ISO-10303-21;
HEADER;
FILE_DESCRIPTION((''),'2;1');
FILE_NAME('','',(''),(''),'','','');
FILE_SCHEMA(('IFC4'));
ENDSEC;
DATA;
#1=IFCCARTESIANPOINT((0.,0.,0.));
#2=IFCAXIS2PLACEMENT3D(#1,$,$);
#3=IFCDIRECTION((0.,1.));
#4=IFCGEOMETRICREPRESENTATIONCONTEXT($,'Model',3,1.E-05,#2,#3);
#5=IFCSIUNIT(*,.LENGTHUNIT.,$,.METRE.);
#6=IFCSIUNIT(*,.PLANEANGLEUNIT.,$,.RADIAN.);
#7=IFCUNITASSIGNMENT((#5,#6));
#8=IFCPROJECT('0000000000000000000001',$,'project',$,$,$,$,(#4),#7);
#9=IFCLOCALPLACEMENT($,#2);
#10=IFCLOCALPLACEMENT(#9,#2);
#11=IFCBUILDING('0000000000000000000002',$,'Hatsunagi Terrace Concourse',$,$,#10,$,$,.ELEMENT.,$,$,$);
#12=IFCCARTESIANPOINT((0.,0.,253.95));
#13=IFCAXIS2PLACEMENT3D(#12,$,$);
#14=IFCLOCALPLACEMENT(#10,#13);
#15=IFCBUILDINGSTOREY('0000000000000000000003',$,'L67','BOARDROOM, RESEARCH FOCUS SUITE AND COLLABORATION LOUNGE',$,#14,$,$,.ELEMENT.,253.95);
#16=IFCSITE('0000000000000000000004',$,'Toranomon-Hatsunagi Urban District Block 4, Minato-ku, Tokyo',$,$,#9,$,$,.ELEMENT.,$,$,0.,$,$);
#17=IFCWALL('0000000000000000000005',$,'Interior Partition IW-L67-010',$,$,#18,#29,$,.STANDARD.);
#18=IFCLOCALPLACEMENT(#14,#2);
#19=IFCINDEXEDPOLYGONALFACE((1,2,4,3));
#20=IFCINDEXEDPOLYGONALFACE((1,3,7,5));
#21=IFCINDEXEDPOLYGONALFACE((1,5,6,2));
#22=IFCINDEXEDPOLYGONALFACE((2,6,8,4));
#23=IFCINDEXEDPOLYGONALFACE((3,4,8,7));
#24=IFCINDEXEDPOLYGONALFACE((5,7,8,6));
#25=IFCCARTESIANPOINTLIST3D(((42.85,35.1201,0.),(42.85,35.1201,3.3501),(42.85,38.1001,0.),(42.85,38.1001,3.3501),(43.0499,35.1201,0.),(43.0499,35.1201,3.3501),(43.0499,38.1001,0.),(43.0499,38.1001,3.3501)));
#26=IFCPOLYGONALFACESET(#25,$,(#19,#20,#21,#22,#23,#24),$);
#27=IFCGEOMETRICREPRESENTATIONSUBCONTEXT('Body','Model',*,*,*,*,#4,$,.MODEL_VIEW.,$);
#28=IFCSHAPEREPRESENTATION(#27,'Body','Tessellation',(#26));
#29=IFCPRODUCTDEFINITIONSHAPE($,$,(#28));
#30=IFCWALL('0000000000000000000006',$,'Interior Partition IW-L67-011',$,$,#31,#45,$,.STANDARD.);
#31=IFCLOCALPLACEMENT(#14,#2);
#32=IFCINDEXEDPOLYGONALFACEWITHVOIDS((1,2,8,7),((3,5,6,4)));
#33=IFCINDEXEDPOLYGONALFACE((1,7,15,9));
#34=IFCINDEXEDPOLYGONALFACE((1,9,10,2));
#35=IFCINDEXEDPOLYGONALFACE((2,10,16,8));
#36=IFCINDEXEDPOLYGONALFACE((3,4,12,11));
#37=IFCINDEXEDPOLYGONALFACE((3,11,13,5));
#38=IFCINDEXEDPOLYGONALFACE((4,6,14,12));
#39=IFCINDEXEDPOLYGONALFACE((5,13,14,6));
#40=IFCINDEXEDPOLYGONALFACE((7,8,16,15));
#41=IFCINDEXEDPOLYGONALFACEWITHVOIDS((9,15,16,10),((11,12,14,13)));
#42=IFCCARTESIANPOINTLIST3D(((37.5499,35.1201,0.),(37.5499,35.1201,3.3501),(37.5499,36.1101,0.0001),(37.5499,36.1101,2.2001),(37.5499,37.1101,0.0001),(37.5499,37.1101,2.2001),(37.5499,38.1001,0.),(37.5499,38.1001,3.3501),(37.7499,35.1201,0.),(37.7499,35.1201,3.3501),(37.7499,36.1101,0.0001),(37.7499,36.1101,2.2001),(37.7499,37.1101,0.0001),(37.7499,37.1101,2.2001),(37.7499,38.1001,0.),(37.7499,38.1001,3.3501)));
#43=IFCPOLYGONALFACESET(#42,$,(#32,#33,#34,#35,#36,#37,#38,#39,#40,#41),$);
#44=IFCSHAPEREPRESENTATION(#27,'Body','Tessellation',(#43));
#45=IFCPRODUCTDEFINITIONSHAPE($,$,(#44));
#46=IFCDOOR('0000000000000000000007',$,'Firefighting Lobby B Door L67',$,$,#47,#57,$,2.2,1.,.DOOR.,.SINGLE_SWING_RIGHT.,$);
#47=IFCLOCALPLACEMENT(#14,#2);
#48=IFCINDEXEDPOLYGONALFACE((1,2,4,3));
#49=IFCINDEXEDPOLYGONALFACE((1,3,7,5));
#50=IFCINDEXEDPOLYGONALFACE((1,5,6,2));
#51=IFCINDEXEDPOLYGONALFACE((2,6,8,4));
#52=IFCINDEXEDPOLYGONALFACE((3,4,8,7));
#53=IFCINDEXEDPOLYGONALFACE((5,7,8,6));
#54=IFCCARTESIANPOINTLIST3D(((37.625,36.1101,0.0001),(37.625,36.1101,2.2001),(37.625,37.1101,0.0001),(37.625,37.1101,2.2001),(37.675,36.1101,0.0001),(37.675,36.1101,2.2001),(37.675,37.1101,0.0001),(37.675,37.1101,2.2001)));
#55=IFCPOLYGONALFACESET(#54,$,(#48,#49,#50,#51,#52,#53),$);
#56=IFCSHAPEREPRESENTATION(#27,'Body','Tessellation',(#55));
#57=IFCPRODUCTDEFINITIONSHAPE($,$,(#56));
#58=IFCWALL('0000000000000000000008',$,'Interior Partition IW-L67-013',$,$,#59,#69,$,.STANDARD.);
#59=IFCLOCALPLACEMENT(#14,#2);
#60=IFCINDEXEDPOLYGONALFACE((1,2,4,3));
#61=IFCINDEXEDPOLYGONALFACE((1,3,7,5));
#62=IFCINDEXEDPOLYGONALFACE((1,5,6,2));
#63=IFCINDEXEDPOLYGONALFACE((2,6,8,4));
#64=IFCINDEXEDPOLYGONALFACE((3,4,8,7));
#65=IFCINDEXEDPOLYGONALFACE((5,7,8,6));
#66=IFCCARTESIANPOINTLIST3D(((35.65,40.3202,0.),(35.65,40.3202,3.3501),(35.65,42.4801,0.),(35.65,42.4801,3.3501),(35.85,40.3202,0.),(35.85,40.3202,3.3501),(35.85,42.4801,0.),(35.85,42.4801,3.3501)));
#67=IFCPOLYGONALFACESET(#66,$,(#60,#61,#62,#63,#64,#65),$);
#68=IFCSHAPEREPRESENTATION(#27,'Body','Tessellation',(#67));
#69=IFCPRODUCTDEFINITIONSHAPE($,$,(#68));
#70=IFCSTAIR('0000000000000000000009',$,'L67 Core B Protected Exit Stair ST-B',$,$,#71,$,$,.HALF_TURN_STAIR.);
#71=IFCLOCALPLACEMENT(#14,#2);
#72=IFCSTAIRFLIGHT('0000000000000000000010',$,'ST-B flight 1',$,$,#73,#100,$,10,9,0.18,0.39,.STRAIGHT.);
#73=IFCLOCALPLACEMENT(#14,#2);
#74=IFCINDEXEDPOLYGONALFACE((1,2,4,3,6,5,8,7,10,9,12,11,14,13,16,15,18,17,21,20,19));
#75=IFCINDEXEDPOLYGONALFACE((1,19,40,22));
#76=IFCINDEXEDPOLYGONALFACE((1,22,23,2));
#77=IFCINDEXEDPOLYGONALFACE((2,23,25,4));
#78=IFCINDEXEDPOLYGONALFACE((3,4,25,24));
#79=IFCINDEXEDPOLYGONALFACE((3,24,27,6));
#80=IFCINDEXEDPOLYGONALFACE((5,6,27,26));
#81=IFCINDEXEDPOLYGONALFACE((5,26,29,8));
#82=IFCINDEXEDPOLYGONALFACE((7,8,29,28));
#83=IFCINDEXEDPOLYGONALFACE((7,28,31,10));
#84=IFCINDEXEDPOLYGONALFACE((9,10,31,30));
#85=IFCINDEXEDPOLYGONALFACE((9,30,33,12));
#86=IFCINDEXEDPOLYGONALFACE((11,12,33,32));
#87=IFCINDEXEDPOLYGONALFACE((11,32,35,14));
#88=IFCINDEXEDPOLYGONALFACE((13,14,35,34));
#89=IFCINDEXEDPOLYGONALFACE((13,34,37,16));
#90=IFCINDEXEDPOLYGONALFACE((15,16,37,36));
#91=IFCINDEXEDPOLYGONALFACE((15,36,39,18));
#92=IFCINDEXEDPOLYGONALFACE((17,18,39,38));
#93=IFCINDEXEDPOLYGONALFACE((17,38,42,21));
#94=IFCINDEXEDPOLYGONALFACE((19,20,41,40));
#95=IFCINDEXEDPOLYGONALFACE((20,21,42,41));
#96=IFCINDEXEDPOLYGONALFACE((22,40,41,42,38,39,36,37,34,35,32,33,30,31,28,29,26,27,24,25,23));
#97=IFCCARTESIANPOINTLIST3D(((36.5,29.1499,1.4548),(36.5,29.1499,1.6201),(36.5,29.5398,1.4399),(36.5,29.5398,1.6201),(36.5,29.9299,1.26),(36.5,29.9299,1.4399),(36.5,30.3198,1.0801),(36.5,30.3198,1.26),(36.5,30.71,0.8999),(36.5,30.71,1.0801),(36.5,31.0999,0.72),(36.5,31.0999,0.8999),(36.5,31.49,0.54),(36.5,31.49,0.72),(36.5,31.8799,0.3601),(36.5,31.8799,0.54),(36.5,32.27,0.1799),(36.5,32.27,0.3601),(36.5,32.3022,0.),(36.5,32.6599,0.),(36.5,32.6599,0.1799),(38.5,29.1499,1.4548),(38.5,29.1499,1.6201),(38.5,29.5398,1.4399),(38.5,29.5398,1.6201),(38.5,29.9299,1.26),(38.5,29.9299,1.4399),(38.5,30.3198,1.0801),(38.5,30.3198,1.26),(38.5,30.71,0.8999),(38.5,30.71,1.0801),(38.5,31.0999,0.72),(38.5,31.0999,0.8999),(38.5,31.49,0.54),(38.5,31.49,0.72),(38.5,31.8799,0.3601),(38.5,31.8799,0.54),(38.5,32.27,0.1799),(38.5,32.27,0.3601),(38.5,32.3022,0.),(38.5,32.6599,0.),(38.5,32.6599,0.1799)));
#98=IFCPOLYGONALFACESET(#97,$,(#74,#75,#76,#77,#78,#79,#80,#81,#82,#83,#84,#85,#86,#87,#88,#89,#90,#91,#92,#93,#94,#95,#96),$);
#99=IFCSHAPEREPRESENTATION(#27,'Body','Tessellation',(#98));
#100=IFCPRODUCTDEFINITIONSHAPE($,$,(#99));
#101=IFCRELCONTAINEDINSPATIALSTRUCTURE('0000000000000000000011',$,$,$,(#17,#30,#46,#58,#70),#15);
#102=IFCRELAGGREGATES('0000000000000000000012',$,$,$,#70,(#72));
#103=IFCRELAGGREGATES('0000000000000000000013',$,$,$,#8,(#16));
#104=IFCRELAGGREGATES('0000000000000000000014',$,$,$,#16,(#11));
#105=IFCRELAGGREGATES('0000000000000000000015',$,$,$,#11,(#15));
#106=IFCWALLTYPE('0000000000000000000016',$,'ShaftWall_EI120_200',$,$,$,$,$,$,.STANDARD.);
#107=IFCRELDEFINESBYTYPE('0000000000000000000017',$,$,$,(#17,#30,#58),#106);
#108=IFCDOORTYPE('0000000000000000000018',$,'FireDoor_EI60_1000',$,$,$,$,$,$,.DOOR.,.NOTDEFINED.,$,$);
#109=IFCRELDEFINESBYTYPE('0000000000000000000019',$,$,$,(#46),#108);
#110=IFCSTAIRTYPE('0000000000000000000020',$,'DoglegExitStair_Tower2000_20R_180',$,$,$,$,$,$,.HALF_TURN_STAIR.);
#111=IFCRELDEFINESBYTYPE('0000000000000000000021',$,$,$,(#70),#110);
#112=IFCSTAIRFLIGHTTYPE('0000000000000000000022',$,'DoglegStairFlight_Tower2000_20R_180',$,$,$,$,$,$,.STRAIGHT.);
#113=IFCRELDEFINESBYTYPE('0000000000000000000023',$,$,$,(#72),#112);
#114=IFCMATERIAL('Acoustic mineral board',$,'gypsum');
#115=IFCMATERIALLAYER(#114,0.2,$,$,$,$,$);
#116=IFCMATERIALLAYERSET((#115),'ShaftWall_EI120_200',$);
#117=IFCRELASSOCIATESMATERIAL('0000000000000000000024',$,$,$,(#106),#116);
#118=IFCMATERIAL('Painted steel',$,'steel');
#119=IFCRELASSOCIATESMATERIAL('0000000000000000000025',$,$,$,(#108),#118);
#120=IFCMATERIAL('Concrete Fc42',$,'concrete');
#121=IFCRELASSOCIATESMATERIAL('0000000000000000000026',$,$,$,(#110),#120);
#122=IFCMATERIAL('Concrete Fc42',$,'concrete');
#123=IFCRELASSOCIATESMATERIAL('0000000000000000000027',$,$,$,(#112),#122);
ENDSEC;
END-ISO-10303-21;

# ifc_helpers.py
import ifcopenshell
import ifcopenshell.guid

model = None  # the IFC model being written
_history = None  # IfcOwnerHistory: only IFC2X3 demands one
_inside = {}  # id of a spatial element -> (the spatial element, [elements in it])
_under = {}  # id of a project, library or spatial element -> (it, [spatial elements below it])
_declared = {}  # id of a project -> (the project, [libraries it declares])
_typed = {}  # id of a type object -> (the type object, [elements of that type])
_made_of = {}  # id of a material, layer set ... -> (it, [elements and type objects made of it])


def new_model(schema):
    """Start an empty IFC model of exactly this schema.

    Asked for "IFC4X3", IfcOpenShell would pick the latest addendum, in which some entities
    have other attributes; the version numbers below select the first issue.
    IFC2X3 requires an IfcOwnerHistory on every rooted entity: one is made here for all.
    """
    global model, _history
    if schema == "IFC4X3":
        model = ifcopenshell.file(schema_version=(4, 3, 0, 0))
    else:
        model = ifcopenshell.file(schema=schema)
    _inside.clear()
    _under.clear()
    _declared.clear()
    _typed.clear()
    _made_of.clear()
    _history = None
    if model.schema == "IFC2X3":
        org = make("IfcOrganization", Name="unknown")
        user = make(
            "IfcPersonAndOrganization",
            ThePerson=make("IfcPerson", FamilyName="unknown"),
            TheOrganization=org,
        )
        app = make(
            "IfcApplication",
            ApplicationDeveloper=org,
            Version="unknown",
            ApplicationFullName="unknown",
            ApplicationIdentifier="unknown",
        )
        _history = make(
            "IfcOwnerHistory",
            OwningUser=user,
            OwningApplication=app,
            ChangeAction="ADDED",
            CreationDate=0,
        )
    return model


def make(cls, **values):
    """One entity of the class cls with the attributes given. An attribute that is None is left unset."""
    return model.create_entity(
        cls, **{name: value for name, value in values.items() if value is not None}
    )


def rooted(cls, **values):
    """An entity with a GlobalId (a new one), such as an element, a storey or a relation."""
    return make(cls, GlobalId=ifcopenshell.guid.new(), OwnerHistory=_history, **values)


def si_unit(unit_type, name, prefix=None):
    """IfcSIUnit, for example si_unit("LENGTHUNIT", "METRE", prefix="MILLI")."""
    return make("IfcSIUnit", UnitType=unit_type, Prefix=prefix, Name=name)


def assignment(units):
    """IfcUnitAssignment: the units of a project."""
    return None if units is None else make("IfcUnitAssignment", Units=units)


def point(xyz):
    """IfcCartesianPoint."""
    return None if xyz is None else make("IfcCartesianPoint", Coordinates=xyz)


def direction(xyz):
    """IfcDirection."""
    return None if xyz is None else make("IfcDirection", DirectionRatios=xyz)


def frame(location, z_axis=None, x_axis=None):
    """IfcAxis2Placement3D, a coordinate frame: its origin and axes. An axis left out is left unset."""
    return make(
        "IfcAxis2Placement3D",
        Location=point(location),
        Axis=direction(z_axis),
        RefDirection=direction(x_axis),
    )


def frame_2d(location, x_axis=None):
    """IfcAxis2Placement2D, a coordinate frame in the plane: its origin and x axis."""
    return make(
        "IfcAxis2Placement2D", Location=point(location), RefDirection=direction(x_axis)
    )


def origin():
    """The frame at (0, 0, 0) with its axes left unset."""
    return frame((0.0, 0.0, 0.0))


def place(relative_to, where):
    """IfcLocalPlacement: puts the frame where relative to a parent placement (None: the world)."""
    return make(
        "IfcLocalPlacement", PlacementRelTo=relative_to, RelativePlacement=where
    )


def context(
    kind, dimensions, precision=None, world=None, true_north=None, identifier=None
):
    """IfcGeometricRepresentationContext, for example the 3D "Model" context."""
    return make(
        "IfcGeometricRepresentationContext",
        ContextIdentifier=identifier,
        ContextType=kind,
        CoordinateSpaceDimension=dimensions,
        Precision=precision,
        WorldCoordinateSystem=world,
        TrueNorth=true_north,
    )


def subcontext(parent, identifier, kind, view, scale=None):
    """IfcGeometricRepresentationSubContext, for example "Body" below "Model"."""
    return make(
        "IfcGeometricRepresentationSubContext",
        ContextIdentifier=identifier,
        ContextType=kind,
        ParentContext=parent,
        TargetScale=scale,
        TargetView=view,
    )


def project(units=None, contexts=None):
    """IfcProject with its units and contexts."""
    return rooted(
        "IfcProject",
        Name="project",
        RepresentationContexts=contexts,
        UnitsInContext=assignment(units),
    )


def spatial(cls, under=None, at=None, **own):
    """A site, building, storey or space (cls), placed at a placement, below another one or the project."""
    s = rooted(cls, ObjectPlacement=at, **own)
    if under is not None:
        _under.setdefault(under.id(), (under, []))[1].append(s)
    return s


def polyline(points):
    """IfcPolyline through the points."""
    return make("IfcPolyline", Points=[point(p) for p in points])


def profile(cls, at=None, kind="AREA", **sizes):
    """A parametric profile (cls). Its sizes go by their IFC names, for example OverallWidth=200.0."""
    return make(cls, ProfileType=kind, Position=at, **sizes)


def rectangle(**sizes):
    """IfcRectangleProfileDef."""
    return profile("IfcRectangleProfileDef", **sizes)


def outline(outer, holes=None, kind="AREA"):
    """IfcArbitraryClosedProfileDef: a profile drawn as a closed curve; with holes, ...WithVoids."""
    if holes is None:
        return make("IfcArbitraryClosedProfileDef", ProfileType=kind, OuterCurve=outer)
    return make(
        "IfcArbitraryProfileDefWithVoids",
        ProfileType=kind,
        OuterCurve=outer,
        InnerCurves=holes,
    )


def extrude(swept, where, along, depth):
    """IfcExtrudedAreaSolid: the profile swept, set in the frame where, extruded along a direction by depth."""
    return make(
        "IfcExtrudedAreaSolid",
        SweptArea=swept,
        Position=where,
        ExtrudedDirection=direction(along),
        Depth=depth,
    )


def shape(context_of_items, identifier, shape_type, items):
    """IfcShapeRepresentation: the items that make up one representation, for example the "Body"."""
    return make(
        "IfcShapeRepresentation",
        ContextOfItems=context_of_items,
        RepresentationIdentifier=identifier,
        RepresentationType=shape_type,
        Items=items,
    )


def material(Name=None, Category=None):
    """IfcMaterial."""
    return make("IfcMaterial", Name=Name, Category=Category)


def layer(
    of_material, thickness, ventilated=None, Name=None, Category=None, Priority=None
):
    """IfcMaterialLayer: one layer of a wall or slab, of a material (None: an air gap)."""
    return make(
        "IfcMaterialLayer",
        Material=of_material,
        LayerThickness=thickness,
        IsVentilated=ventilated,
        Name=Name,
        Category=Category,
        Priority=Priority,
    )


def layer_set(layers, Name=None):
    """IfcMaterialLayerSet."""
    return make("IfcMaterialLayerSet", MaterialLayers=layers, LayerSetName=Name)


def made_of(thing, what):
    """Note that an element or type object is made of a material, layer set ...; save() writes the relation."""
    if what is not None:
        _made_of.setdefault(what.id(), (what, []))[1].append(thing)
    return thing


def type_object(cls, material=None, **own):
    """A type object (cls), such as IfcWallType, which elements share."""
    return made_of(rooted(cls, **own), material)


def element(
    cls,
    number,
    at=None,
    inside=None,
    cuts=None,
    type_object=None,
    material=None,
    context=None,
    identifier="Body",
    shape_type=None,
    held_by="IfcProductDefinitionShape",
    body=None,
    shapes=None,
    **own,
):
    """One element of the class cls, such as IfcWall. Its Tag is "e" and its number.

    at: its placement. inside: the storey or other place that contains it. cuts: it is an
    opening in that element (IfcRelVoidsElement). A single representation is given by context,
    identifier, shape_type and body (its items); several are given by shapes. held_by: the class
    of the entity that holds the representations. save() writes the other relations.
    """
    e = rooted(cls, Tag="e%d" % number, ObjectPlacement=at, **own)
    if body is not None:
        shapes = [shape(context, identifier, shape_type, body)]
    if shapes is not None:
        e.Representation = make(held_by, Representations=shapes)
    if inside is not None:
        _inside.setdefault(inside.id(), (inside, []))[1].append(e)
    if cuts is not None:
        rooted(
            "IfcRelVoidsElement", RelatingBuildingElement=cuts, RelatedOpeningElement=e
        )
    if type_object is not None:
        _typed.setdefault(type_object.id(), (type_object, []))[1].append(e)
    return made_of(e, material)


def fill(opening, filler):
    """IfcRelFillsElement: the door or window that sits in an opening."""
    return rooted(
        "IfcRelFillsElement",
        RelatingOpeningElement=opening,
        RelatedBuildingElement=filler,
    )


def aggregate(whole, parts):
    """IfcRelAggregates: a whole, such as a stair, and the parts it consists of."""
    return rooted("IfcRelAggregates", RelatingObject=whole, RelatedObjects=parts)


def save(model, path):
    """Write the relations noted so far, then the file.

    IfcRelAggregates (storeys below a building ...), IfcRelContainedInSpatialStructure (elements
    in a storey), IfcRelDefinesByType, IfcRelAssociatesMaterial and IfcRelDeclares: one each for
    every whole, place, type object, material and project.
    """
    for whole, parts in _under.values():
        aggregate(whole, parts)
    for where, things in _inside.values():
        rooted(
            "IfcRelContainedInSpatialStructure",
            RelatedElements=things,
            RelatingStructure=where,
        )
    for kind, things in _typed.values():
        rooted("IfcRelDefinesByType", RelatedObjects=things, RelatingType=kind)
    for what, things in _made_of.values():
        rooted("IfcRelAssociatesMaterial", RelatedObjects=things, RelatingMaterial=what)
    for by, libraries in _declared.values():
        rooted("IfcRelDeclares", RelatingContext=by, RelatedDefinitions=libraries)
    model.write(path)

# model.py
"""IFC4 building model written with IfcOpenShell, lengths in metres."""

from ifc_helpers import new_model, si_unit, direction, frame, frame_2d, origin, place, context, subcontext, project, spatial, polyline, rectangle, outline, extrude, material, layer, layer_set, type_object, element, fill, aggregate, save


model = new_model("IFC4")

# Units and contexts
model_context = context("Model", 3, precision=1e-05, world=origin(), true_north=direction((0.0, 1.0)))
body_context = subcontext(model_context, "Body", "Model", "MODEL_VIEW")
ifc_project = project(units=[si_unit("LENGTHUNIT", "METRE"), si_unit("PLANEANGLEUNIT", "RADIAN")], contexts=[model_context])

# Site, building, storey
site_placement = place(None, origin())
site = spatial("IfcSite", under=ifc_project, at=site_placement, Name="Toranomon-Hatsunagi Urban District Block 4, Minato-ku, Tokyo", CompositionType="ELEMENT", RefElevation=0.0)
building_placement = place(site_placement, origin())
building = spatial("IfcBuilding", under=site, at=building_placement, Name="Hatsunagi Terrace Concourse", CompositionType="ELEMENT")
storey_placement = place(building_placement, frame((0.0, 0.0, 253.95)))
storey = spatial("IfcBuildingStorey", under=building, at=storey_placement, Name="L67", Description="BOARDROOM, RESEARCH FOCUS SUITE AND COLLABORATION LOUNGE", CompositionType="ELEMENT", Elevation=253.95)

# Wall
ifc_material_1 = material(Name="Acoustic mineral board", Category="gypsum")
ifc_layer_1 = layer(ifc_material_1, 0.2)
ifc_layer_set_1 = layer_set([ifc_layer_1], Name="ShaftWall_EI120_200")
wall_type_1 = type_object("IfcWallType", Name="ShaftWall_EI120_200", PredefinedType="STANDARD", material=ifc_layer_set_1)
wall_1_placement = place(storey_placement, frame((42.95, 35.1201, 0.0), z_axis=(0.0, 0.0, 1.0), x_axis=(0.0, 1.0, 0.0)))
element("IfcWall", 1, at=wall_1_placement, inside=storey, type_object=wall_type_1, Name="Interior Partition IW-L67-010", PredefinedType="STANDARD", context=body_context, shape_type="SweptSolid", body=[
    extrude(rectangle(XDim=2.98, YDim=0.2, at=frame_2d((1.49, 0.0))), origin(), (0.0, 0.0, 1.0), 3.3501),
])

# Wall, opening, door
wall_2_placement = place(storey_placement, frame((37.6499, 35.1201, 0.0), z_axis=(0.0, 0.0, 1.0), x_axis=(0.0, 1.0, 0.0)))
wall_2 = element("IfcWall", 2, at=wall_2_placement, inside=storey, type_object=wall_type_1, Name="Interior Partition IW-L67-011", PredefinedType="STANDARD", context=body_context, shape_type="SweptSolid", body=[
    extrude(rectangle(XDim=2.98, YDim=0.2, at=frame_2d((1.49, 0.0))), origin(), (0.0, 0.0, 1.0), 3.3501),
])
opening_1_placement = place(wall_2_placement, frame((0.99, 0.0, 0.0)))
opening_1 = element("IfcOpeningElement", 3, at=opening_1_placement, cuts=wall_2, PredefinedType="OPENING", context=body_context, shape_type="SweptSolid", body=[
    extrude(rectangle(XDim=1.0, YDim=2.2, at=frame_2d((0.5, 1.1001))), frame((0.0, 0.1099, 0.0), z_axis=(0.0, -1.0, 0.0), x_axis=(1.0, 0.0, 0.0)), (0.0, 0.0, 1.0), 0.22),
])
ifc_material_2 = material(Name="Painted steel", Category="steel")
door_type_1 = type_object("IfcDoorType", Name="FireDoor_EI60_1000", OperationType="NOTDEFINED", PredefinedType="DOOR", material=ifc_material_2)
door_1_placement = place(opening_1_placement, origin())
door_1 = element("IfcDoor", 4, at=door_1_placement, inside=storey, type_object=door_type_1, Name="Firefighting Lobby B Door L67", OperationType="SINGLE_SWING_RIGHT", OverallHeight=2.2, OverallWidth=1.0, PredefinedType="DOOR", context=body_context, shape_type="SweptSolid", body=[
    extrude(rectangle(XDim=1.0, YDim=2.2, at=frame_2d((0.5, 1.1001))), frame((0.0, 0.0249, 0.0), z_axis=(0.0, -1.0, 0.0), x_axis=(1.0, 0.0, 0.0)), (0.0, 0.0, 1.0), 0.05),
])
fill(opening_1, door_1)

# Wall
wall_3_placement = place(storey_placement, frame((35.75, 40.3201, 0.0), z_axis=(0.0, 0.0, 1.0), x_axis=(0.0, 1.0, 0.0)))
element("IfcWall", 5, at=wall_3_placement, inside=storey, type_object=wall_type_1, Name="Interior Partition IW-L67-013", PredefinedType="STANDARD", context=body_context, shape_type="SweptSolid", body=[
    extrude(rectangle(XDim=2.1599, YDim=0.2, at=frame_2d((1.0801, 0.0))), origin(), (0.0, 0.0, 1.0), 3.3501),
])

# Stair, stair flight
ifc_material_3 = material(Name="Concrete Fc42", Category="concrete")
stair_type = type_object("IfcStairType", Name="DoglegExitStair_Tower2000_20R_180", PredefinedType="HALF_TURN_STAIR", material=ifc_material_3)
stair_placement = place(storey_placement, origin())
stair = element("IfcStair", 6, at=stair_placement, inside=storey, type_object=stair_type, Name="L67 Core B Protected Exit Stair ST-B", PredefinedType="HALF_TURN_STAIR")
ifc_material_4 = material(Name="Concrete Fc42", Category="concrete")
stair_flight_type = type_object("IfcStairFlightType", Name="DoglegStairFlight_Tower2000_20R_180", PredefinedType="STRAIGHT", material=ifc_material_4)
stair_flight_placement = place(storey_placement, frame((37.5, 32.6599, 0.0), z_axis=(0.0, 0.0, 1.0), x_axis=(0.0, -1.0, 0.0)))
stair_flight = element("IfcStairFlight", 7, at=stair_flight_placement, type_object=stair_flight_type, Name="ST-B flight 1", NumberOfRisers=10, NumberOfTreads=9, PredefinedType="STRAIGHT", RiserHeight=0.18, TreadLength=0.39, context=body_context, shape_type="SweptSolid", body=[
    extrude(outline(polyline([(0.0, 0.0), (0.0, 0.1799), (0.3899, 0.1799), (0.3899, 0.3601), (0.78, 0.3601), (0.78, 0.54), (1.1699, 0.54), (1.1699, 0.72), (1.5601, 0.72), (1.5601, 0.8999), (1.95, 0.8999), (1.95, 1.0801), (2.3401, 1.0801), (2.3401, 1.26), (2.73, 1.26), (2.73, 1.4399), (3.1201, 1.4399), (3.1201, 1.6201), (3.51, 1.6201), (3.51, 1.8), (3.51, 1.4548), (0.3577, 0.0), (0.0, 0.0)])), frame((0.0, 1.0, 0.0), z_axis=(0.0, -1.0, 0.0), x_axis=(1.0, 0.0, 0.0)), (0.0, 0.0, 1.0), 2.0),
])
aggregate(stair, [stair_flight])

save(model, "model.ifc")
